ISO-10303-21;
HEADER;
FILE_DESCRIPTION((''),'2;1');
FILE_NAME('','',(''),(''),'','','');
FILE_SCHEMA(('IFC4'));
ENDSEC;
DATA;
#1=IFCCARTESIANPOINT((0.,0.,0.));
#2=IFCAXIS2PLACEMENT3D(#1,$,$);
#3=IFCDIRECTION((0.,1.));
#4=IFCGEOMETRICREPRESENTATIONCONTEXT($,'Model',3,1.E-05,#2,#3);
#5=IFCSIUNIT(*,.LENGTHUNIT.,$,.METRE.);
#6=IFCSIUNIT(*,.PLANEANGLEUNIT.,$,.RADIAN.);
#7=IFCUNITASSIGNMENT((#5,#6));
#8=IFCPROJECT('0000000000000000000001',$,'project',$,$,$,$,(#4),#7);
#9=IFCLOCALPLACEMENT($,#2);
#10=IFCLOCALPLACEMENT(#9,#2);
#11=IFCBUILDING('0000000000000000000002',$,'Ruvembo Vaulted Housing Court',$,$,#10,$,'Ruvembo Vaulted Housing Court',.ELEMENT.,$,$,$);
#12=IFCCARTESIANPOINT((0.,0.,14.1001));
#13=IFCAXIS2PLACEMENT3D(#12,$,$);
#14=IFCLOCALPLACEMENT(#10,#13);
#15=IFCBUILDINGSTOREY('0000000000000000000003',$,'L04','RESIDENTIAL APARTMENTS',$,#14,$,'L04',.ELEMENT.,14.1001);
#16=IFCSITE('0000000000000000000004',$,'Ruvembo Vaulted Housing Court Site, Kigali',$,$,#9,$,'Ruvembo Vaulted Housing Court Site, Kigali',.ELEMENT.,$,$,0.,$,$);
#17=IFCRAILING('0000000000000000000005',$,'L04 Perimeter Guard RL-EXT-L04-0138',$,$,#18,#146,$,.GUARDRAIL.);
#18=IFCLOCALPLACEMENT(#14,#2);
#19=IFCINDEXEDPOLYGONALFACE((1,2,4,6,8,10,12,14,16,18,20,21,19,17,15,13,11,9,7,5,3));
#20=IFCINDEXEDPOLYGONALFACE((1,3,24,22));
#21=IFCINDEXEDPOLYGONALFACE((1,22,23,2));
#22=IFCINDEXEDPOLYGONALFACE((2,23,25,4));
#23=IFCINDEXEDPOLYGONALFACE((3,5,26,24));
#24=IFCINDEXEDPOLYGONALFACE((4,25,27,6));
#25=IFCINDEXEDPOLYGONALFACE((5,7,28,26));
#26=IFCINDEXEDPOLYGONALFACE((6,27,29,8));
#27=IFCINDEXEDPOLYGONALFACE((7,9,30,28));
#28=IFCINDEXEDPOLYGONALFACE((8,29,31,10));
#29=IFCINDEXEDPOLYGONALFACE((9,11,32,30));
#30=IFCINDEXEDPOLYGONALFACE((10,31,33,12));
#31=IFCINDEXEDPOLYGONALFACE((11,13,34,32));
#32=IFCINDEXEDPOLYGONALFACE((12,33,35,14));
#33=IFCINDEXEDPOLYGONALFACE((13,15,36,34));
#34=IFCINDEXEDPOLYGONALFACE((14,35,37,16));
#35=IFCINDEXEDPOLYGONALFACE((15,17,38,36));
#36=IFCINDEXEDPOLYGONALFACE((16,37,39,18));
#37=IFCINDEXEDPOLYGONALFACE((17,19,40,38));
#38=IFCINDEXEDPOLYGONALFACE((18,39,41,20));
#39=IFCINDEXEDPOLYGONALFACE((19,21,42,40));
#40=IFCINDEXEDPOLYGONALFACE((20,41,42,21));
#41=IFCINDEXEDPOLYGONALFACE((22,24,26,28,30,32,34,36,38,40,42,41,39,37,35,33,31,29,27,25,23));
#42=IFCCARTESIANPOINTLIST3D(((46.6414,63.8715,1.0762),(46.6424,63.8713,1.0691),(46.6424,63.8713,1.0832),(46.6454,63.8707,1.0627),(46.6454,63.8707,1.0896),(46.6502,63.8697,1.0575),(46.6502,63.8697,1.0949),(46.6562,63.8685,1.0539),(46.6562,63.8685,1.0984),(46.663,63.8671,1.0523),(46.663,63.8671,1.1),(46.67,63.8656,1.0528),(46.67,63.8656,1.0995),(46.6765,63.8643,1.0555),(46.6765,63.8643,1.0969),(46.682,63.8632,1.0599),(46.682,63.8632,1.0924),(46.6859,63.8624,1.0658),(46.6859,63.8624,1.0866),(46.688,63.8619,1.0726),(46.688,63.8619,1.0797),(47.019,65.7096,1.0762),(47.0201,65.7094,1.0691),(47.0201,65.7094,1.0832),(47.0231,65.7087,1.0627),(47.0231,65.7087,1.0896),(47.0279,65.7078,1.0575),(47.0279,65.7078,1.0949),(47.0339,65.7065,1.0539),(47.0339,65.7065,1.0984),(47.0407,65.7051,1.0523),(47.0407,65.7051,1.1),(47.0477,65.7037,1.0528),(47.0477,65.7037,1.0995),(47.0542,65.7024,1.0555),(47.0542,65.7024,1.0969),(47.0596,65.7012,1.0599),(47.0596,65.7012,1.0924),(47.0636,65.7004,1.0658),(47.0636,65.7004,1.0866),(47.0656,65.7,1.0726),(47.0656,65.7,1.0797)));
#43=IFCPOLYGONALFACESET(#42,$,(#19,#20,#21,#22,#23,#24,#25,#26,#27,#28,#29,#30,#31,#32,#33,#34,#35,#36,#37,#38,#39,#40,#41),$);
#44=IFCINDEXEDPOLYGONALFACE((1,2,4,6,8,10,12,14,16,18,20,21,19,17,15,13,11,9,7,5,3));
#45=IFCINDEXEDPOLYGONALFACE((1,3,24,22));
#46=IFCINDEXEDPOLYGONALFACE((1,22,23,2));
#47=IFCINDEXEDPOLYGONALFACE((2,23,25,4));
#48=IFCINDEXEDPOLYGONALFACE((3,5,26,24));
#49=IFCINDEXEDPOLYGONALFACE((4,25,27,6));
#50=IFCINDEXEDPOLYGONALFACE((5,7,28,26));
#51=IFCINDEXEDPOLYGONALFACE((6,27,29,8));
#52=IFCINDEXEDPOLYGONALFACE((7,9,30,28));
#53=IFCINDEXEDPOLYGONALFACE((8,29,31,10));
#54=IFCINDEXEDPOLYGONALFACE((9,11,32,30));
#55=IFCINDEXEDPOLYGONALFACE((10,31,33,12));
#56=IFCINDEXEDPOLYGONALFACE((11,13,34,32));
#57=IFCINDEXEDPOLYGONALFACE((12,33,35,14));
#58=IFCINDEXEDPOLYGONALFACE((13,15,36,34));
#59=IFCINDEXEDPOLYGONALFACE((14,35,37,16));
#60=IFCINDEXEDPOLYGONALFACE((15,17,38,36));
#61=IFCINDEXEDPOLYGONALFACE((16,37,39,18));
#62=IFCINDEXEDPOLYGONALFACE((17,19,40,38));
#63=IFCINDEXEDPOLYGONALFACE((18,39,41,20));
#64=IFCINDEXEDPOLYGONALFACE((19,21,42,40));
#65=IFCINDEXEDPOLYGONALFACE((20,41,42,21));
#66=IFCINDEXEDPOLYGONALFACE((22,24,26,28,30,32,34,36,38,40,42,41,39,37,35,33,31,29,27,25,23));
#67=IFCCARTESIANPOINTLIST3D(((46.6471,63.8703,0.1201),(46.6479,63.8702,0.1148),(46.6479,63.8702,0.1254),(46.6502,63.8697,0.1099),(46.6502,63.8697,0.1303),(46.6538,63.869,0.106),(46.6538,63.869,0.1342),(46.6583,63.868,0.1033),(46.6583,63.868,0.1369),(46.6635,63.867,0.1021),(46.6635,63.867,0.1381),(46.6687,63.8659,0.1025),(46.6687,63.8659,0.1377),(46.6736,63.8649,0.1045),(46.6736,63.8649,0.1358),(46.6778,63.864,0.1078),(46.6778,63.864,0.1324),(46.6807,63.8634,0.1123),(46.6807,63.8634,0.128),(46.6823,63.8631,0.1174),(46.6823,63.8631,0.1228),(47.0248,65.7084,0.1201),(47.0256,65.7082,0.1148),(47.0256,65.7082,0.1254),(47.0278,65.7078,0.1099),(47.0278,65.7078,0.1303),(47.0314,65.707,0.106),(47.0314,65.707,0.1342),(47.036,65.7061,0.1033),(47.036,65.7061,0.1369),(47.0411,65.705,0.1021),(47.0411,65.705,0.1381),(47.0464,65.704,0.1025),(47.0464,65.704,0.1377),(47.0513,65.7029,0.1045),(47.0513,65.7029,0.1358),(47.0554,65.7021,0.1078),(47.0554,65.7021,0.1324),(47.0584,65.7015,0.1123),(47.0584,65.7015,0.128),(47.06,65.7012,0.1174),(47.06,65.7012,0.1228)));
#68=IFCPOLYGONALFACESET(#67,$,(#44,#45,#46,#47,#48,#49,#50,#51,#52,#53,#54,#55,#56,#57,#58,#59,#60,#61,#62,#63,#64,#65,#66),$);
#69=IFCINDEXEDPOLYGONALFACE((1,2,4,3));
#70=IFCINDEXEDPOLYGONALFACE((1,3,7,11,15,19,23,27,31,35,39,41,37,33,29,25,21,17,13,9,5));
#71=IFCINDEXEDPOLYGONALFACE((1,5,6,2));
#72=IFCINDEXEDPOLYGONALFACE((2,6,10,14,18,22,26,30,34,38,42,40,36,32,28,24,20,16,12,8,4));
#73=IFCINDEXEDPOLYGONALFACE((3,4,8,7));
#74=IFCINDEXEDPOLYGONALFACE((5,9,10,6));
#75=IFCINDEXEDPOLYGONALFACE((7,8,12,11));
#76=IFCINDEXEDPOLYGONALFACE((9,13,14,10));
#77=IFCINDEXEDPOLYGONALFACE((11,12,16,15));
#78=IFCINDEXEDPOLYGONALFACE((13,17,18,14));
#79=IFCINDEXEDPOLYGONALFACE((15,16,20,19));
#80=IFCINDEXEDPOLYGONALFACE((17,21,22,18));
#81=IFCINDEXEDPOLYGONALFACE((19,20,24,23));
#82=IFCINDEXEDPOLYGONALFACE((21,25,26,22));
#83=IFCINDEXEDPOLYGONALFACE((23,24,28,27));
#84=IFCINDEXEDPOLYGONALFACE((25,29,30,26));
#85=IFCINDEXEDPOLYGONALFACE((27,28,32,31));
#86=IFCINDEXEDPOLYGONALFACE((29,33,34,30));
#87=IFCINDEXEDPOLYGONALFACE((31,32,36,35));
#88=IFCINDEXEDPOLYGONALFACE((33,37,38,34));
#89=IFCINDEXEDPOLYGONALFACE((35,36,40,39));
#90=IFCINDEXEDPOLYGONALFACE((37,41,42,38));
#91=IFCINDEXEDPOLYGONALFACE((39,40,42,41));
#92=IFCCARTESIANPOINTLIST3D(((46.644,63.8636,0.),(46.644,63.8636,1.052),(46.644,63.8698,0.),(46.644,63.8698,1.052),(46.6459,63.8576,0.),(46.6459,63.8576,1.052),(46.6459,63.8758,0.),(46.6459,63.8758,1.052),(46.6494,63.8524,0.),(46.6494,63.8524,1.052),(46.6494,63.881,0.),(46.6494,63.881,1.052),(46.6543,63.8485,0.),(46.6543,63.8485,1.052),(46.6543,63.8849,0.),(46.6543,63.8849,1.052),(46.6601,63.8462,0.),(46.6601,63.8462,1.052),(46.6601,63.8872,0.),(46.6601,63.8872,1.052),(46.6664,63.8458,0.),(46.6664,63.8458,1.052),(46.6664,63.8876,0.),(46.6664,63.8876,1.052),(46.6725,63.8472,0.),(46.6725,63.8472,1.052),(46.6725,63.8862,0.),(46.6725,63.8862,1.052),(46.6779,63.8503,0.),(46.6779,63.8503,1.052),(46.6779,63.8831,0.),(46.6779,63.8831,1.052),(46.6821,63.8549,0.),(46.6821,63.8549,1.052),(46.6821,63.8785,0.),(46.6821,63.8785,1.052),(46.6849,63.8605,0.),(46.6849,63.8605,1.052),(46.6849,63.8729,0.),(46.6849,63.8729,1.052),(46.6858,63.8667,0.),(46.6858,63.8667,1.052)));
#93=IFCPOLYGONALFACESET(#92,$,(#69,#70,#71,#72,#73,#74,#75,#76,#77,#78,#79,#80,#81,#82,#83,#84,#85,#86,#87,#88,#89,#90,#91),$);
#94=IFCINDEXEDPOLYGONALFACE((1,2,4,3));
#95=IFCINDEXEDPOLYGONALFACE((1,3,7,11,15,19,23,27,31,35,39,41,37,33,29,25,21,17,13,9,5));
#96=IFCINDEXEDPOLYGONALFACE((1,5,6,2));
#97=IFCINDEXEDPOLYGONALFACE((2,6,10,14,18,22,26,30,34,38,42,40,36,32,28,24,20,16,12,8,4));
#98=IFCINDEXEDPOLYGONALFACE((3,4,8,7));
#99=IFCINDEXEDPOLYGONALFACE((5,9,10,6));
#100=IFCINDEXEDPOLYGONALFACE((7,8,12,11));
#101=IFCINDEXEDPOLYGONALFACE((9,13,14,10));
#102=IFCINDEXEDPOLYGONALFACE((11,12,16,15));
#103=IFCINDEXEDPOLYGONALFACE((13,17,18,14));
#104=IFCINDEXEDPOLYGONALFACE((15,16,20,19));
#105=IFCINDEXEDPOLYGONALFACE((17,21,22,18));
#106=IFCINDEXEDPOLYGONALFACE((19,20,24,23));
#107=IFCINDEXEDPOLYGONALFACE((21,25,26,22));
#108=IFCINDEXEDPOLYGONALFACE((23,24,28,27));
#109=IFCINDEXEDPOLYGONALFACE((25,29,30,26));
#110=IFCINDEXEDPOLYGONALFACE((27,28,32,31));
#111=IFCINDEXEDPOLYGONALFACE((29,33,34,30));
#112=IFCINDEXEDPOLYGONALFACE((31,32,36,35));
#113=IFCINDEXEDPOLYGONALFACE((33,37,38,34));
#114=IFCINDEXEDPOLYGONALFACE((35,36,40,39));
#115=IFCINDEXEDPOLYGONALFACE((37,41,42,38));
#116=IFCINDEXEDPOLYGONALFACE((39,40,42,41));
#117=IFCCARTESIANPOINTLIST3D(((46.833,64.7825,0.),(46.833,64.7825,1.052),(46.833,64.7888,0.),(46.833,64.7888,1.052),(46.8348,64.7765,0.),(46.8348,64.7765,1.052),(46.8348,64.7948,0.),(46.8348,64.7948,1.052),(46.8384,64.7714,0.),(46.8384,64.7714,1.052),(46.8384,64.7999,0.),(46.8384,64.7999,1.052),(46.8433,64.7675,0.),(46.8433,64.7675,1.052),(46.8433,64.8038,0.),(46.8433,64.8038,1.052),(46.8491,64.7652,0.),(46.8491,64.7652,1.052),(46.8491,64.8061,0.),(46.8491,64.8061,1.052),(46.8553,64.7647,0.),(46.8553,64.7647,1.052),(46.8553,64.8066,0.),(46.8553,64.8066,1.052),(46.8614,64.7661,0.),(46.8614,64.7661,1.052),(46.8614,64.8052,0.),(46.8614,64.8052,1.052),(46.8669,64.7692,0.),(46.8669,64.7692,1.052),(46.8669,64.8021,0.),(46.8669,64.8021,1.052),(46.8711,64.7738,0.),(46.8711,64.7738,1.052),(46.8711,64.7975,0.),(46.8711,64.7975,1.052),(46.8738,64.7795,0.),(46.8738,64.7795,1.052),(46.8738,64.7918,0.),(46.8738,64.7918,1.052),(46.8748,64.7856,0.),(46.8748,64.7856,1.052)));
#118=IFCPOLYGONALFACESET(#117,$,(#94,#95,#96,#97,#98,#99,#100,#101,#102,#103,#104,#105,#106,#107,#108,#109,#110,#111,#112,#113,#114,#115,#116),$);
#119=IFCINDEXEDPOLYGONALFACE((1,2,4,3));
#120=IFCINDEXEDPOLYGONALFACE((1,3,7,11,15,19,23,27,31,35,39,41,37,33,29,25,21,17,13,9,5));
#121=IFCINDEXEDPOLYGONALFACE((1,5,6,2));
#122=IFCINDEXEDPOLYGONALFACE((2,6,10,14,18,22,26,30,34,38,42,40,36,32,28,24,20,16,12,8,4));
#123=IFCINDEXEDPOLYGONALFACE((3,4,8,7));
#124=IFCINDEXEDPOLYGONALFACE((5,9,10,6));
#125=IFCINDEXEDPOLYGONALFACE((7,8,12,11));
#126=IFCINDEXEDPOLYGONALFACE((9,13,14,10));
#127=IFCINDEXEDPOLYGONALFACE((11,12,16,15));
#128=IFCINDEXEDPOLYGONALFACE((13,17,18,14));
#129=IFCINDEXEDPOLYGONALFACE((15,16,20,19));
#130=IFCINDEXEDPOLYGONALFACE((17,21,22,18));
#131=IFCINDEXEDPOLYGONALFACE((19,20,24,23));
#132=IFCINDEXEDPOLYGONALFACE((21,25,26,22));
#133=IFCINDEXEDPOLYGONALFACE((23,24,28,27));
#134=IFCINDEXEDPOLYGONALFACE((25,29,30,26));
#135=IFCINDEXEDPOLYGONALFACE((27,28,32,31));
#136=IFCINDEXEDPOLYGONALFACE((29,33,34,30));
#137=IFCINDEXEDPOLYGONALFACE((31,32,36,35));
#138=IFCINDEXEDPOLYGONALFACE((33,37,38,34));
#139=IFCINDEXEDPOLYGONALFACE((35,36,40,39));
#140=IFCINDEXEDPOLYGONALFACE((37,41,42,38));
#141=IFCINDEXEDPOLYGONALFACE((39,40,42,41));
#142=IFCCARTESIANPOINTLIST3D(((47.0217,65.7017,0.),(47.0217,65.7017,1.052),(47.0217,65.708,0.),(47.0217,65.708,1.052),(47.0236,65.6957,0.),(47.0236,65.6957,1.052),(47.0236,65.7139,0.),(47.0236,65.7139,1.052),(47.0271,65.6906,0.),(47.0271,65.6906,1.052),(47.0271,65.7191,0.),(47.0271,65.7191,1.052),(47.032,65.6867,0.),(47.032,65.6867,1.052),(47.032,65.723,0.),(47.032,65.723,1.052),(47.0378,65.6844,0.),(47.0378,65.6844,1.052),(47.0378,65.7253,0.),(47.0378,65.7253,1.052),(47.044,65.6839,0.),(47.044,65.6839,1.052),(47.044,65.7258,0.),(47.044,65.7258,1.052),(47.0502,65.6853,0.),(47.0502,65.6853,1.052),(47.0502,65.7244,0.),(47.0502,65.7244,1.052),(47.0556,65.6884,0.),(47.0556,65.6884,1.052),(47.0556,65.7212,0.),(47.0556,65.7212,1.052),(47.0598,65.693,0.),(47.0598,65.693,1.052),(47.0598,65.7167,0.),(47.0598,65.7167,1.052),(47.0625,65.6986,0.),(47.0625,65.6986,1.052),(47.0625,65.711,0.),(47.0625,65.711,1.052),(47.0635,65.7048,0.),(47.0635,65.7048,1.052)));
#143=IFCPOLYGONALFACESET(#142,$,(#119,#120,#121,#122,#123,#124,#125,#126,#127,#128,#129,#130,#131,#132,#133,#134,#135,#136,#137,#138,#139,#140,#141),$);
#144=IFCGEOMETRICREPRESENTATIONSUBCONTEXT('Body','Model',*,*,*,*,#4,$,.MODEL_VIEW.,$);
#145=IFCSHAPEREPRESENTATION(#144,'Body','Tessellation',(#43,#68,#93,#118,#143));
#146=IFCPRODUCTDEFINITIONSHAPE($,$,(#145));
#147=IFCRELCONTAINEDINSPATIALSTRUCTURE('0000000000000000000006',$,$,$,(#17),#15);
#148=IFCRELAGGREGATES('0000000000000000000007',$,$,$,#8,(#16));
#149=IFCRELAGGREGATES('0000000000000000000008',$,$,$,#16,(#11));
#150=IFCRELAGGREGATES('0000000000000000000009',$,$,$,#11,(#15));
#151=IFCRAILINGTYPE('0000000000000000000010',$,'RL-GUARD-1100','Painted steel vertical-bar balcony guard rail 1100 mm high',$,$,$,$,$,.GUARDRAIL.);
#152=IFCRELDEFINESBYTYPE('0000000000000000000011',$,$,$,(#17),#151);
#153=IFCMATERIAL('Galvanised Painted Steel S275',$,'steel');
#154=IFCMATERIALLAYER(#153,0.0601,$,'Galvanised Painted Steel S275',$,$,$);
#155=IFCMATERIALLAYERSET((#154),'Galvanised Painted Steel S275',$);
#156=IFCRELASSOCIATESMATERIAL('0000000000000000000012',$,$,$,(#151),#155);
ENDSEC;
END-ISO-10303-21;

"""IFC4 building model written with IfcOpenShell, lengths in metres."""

from ifc_helpers import new_model, si_unit, direction, frame, origin, origin_2d, place, context, subcontext, project, spatial, circle, extrude, material, layer, layer_set, type_object, element, save


model = new_model("IFC4")

# Units and contexts
model_context = context("Model", 3, precision=1e-05, world=origin(), true_north=direction((0.0, 1.0)))
body_context = subcontext(model_context, "Body", "Model", "MODEL_VIEW")
ifc_project = project(units=[si_unit("LENGTHUNIT", "METRE"), si_unit("PLANEANGLEUNIT", "RADIAN")], contexts=[model_context])

# Site, building, storey
site_placement = place(None, origin())
site = spatial("IfcSite", under=ifc_project, at=site_placement, Name="Ruvembo Vaulted Housing Court Site, Kigali", LongName="Ruvembo Vaulted Housing Court Site, Kigali", CompositionType="ELEMENT", RefElevation=0.0)
building_placement = place(site_placement, origin())
building = spatial("IfcBuilding", under=site, at=building_placement, Name="Ruvembo Vaulted Housing Court", LongName="Ruvembo Vaulted Housing Court", CompositionType="ELEMENT")
storey_placement = place(building_placement, frame((0.0, 0.0, 14.1001)))
storey = spatial("IfcBuildingStorey", under=building, at=storey_placement, Name="L04", Description="RESIDENTIAL APARTMENTS", LongName="L04", CompositionType="ELEMENT", Elevation=14.1001)

# Railing
ifc_material_1 = material(Name="Galvanised Painted Steel S275", Category="steel")
ifc_layer_1 = layer(ifc_material_1, 0.0601, Name="Galvanised Painted Steel S275")
ifc_layer_set_1 = layer_set([ifc_layer_1], Name="Galvanised Painted Steel S275")
railing_type = type_object("IfcRailingType", Name="RL-GUARD-1100", Description="Painted steel vertical-bar balcony guard rail 1100 mm high", PredefinedType="GUARDRAIL", material=ifc_layer_set_1)
railing_1_placement = place(storey_placement, frame((46.6648, 63.8667, 0.0)))
element("IfcRailing", 1, at=railing_1_placement, inside=storey, type_object=railing_type, Name="L04 Perimeter Guard RL-EXT-L04-0138", PredefinedType="GUARDRAIL", context=body_context, shape_type="SweptSolid", body=[
    extrude(circle(Radius=0.0239, at=origin_2d()), frame((0.0, 0.0, 1.0762), z_axis=(0.201267, 0.979536, 0.0), x_axis=(-0.979536, 0.201267, 0.0)), (0.0, 0.0, 1.0), 1.8765),
    extrude(circle(Radius=0.0181, at=origin_2d()), frame((0.0, 0.0, 0.1201), z_axis=(0.201267, 0.979536, 0.0), x_axis=(-0.979536, 0.201267, 0.0)), (0.0, 0.0, 1.0), 1.8765),
    extrude(circle(Radius=0.021, at=origin_2d()), origin(), (0.0, 0.0, 1.0), 1.052),
    extrude(circle(Radius=0.021, at=origin_2d()), frame((0.189, 0.9189, 0.0)), (0.0, 0.0, 1.0), 1.052),
    extrude(circle(Radius=0.021, at=origin_2d()), frame((0.3777, 1.8381, 0.0)), (0.0, 0.0, 1.0), 1.052),
])

save(model, "model.ifc")
